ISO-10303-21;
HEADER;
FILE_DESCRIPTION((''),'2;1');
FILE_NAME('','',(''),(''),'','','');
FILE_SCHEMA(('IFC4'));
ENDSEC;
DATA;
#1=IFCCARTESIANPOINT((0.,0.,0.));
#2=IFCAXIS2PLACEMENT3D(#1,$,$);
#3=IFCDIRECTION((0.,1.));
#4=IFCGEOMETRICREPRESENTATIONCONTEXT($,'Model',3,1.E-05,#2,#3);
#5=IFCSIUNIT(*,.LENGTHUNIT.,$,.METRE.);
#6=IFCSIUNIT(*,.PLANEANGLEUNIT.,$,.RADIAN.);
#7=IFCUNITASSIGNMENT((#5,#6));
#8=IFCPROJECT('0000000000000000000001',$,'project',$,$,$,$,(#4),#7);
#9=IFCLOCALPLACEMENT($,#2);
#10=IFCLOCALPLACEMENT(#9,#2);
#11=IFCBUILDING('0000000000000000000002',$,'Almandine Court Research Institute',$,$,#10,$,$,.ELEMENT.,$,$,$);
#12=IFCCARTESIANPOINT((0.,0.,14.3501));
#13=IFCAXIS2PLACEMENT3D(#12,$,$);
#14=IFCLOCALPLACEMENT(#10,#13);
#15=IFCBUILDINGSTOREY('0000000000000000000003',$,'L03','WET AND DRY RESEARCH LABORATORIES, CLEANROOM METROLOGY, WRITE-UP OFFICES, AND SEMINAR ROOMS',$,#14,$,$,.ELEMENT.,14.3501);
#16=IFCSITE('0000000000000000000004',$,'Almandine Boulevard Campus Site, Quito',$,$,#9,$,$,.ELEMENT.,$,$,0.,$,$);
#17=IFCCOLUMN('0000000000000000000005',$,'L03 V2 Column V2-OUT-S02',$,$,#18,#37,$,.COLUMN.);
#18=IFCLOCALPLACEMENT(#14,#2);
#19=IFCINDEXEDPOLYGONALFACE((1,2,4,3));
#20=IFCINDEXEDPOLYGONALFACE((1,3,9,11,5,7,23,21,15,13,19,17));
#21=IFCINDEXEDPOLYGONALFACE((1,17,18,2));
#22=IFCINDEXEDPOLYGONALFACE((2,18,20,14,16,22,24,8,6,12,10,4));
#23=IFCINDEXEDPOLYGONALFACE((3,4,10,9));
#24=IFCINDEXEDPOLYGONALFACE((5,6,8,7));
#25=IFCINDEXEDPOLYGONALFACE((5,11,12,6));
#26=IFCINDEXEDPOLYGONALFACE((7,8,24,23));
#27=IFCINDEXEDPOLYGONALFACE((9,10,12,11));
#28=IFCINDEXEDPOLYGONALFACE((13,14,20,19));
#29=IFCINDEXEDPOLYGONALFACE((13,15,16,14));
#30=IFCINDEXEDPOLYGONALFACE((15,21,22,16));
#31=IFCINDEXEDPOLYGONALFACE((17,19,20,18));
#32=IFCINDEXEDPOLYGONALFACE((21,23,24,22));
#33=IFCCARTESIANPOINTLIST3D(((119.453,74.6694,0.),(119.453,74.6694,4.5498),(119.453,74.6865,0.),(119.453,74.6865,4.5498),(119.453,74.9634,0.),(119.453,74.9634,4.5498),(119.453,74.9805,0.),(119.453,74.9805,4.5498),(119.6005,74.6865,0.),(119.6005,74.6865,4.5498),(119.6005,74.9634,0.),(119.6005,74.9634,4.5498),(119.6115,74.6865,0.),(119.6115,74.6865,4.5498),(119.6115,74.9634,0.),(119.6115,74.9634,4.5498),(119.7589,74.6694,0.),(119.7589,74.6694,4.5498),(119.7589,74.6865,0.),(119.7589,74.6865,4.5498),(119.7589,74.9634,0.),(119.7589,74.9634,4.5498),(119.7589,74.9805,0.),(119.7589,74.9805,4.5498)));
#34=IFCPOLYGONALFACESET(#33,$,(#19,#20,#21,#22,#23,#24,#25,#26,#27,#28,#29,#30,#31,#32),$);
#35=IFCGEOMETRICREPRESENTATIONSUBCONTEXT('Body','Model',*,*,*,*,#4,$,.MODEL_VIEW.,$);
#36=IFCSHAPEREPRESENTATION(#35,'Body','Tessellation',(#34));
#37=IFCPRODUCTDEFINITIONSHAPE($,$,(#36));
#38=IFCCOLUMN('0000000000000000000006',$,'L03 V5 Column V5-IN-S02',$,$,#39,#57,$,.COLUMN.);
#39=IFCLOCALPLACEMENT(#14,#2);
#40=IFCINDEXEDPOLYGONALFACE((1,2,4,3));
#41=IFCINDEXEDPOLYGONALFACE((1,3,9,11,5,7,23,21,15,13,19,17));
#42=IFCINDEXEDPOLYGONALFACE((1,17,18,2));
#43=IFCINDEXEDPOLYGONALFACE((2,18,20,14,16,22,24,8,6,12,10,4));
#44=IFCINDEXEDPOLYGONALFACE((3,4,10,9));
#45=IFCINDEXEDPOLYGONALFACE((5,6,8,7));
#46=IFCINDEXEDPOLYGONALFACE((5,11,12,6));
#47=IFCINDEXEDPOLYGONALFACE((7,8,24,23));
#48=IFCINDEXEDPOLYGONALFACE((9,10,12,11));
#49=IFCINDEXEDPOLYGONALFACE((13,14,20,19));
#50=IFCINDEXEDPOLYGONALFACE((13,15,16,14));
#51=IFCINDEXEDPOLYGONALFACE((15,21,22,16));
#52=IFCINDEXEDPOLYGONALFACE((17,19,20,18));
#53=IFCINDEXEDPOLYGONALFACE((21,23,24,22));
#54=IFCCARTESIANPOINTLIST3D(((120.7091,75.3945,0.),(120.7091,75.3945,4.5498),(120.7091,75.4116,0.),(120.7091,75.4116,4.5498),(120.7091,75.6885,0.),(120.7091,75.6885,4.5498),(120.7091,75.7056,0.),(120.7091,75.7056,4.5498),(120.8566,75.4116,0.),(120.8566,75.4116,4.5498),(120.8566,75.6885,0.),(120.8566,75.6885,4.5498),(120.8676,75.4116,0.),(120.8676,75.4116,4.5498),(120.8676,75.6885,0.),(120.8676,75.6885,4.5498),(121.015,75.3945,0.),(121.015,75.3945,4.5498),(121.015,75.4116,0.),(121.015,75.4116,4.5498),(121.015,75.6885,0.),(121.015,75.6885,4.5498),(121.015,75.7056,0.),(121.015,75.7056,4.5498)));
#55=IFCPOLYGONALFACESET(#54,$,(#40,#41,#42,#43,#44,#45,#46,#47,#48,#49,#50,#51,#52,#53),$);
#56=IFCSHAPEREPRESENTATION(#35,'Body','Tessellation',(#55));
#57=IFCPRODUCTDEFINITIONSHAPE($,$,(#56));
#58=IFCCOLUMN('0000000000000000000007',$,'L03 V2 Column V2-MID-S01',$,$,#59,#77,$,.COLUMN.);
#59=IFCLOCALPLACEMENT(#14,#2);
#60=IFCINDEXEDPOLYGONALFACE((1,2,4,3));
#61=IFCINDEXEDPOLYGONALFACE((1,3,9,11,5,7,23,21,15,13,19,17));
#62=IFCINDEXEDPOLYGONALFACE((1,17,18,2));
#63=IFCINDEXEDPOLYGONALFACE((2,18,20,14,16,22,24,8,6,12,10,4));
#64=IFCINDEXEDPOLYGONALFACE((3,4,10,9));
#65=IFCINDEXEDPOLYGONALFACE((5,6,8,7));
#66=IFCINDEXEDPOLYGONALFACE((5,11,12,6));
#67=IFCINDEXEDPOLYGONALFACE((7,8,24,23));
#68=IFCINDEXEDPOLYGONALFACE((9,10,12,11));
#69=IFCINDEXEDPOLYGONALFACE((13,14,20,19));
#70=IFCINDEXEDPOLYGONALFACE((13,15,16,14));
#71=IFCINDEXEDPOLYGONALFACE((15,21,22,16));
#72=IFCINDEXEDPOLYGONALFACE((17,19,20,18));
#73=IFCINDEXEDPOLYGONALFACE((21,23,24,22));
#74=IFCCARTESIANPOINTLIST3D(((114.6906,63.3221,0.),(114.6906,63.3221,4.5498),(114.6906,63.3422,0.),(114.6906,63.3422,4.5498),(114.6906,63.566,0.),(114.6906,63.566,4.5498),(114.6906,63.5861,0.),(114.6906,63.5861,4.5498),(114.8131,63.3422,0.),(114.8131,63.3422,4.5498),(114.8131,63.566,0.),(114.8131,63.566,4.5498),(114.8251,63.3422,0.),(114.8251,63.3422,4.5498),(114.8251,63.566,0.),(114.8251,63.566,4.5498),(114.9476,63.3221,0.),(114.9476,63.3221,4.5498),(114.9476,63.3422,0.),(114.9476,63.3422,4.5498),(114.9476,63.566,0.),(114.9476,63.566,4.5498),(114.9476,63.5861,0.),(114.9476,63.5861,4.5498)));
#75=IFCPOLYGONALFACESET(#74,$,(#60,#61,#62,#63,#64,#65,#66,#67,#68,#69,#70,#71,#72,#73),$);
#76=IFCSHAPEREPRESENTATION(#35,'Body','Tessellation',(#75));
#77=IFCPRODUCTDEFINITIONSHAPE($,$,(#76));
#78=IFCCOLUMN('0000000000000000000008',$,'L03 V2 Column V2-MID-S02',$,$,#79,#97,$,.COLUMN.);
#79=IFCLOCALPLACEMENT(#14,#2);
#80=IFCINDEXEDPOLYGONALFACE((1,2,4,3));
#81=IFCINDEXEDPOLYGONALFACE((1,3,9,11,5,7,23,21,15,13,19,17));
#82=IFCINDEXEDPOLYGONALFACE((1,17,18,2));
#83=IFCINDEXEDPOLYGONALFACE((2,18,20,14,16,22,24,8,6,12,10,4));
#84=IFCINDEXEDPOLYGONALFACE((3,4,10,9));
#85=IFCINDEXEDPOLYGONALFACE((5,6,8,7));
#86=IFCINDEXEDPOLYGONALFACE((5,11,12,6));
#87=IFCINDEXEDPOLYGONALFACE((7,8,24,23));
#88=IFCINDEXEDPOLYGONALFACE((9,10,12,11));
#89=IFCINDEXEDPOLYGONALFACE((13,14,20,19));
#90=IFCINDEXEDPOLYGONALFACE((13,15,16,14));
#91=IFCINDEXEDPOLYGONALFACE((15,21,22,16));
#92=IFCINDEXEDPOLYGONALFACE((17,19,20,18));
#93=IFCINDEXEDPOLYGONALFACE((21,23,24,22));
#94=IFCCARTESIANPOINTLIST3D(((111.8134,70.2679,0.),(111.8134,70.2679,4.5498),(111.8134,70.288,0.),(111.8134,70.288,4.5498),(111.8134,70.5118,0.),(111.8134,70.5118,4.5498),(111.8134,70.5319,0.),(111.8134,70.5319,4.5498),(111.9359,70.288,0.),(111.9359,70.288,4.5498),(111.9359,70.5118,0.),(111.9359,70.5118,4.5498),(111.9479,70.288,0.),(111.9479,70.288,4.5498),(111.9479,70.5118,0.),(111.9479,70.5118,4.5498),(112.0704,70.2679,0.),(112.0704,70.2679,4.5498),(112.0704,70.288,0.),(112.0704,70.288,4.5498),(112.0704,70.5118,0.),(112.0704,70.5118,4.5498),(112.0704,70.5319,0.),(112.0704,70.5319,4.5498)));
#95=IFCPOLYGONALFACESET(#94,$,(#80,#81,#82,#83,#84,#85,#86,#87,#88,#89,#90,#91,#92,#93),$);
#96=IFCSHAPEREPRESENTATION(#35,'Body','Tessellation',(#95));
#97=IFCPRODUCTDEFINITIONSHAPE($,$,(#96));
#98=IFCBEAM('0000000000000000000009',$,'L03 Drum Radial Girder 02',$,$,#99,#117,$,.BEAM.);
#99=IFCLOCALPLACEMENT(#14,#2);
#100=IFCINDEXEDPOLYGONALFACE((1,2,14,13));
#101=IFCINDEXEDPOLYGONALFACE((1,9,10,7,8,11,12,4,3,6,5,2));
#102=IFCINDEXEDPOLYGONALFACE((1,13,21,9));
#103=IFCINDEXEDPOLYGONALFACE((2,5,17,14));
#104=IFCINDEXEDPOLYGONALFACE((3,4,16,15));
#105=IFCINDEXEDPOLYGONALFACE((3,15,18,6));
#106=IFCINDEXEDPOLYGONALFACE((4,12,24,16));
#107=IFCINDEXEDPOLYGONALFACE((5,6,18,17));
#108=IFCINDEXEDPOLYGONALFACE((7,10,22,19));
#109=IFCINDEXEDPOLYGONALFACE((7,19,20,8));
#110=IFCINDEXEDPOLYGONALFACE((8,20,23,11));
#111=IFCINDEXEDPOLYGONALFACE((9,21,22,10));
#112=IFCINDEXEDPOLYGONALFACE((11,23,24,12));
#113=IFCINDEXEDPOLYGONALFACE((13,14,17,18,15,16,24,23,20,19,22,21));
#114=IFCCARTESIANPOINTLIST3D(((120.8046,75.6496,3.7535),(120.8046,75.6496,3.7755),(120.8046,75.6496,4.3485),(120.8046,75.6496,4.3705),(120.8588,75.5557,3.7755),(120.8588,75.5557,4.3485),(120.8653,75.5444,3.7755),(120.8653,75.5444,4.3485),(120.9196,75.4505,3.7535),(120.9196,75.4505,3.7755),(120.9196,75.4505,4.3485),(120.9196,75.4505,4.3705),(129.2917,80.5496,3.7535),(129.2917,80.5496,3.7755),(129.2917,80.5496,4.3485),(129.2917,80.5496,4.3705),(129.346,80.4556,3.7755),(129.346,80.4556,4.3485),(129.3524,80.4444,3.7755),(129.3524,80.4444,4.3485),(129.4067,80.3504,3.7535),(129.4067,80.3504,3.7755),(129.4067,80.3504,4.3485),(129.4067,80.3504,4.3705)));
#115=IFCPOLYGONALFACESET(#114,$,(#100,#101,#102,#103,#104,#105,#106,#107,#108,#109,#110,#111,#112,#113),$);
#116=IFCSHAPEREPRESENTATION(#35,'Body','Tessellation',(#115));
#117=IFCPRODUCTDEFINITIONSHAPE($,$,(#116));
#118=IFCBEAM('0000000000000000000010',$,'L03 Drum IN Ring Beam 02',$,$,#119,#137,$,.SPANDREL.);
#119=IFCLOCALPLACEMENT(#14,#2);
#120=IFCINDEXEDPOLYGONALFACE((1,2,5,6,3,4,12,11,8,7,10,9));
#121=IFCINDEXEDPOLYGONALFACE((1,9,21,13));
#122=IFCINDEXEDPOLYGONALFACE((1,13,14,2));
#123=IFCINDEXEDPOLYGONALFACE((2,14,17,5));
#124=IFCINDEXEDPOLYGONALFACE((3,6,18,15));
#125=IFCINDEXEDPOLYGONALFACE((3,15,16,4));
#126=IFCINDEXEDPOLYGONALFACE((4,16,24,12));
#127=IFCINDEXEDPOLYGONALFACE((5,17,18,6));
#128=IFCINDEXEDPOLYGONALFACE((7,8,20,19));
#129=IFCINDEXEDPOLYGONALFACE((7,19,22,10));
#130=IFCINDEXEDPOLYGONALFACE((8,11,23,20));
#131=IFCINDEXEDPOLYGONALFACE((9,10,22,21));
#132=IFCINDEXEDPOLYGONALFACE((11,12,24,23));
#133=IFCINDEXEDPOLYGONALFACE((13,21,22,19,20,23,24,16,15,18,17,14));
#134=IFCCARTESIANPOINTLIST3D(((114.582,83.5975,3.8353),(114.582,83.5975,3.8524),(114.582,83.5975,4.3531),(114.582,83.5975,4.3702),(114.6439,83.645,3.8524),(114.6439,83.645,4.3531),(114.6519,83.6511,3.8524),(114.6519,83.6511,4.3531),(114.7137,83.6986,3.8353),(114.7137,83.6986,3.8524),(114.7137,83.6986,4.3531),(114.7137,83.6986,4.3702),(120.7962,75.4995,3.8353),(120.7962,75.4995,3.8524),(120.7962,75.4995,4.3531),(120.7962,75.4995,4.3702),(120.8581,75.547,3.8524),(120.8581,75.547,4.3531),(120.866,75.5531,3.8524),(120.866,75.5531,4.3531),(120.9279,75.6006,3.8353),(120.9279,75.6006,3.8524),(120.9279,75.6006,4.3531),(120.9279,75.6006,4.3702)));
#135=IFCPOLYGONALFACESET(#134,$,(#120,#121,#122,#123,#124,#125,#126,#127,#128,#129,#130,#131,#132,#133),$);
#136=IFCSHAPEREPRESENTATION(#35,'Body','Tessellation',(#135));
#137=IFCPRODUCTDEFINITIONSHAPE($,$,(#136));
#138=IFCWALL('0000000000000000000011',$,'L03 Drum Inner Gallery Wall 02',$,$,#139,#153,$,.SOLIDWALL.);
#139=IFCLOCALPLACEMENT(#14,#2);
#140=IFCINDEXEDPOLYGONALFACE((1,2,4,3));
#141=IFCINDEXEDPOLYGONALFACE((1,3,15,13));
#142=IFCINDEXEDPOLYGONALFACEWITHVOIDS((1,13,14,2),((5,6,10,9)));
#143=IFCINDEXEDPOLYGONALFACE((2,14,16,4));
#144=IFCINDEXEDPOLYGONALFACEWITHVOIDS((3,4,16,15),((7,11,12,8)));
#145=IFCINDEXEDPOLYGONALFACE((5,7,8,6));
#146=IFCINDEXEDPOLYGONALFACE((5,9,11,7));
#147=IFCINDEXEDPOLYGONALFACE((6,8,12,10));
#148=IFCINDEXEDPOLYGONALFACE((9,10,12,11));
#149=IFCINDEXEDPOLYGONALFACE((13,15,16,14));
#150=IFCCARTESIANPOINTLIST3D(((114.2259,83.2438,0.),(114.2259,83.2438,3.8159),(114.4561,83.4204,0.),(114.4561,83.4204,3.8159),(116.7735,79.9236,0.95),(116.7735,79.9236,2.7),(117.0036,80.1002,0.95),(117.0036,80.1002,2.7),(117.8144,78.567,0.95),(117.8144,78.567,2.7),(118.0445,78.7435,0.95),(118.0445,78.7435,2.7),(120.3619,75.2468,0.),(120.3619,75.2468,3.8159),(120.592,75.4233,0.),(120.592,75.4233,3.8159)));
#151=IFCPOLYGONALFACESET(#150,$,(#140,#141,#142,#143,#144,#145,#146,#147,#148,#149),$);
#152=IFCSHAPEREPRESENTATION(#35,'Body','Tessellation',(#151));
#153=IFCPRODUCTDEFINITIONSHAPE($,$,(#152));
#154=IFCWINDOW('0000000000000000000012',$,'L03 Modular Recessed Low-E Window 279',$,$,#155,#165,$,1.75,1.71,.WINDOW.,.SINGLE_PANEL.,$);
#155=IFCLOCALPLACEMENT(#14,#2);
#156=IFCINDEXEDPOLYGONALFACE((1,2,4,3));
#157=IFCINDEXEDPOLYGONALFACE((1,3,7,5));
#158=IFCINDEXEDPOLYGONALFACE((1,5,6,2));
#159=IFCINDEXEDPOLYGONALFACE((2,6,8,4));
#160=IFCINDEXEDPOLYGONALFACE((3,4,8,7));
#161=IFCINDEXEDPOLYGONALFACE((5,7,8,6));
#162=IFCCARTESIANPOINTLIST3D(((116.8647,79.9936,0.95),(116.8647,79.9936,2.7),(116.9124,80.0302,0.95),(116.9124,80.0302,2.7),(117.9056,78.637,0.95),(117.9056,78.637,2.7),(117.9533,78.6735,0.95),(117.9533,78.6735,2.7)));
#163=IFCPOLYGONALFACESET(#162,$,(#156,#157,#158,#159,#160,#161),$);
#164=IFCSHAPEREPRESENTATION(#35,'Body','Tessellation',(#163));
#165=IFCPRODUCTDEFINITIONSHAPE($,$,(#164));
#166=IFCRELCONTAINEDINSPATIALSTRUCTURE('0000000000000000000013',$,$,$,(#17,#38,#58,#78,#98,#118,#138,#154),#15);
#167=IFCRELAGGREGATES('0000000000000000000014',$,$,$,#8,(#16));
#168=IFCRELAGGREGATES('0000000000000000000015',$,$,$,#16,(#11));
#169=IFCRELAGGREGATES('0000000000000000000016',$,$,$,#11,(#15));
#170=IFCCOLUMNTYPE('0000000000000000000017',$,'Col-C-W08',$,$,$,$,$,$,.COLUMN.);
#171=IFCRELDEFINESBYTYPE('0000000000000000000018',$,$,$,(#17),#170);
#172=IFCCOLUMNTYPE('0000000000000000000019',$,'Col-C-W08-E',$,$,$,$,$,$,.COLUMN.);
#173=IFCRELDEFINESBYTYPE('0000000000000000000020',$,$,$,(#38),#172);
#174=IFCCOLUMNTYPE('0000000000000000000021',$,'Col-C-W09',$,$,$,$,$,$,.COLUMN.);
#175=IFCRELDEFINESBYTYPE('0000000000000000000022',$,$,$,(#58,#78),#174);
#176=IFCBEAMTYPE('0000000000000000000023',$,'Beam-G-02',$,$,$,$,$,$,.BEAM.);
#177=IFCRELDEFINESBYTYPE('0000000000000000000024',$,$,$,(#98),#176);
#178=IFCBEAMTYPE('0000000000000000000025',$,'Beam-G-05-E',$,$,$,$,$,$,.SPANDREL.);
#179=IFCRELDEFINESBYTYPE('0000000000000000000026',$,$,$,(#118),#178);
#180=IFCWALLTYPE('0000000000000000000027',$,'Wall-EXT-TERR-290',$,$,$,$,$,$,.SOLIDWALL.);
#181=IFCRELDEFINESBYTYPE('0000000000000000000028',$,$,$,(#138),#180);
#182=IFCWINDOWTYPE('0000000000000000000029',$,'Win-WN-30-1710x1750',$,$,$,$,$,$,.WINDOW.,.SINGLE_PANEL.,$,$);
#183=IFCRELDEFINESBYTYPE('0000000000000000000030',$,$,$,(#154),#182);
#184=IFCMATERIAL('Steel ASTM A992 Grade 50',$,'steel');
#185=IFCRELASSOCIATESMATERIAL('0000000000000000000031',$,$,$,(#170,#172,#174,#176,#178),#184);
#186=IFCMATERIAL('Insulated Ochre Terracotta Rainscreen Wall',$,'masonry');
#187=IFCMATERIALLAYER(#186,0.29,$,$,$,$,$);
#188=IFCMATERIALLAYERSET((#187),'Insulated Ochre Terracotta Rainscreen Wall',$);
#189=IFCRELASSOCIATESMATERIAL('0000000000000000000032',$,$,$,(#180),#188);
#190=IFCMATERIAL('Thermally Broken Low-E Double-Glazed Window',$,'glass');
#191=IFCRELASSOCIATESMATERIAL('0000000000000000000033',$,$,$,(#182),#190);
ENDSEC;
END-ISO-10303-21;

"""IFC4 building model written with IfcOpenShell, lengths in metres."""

from ifc_helpers import new_model, si_unit, direction, frame, frame_2d, origin, origin_2d, place, context, subcontext, project, spatial, rectangle, i_section, extrude, material, layer, layer_set, material_profile, profile_set, type_object, element, fill, save


model = new_model("IFC4")

# Units and contexts
model_context = context("Model", 3, precision=1e-05, world=origin(), true_north=direction((0.0, 1.0)))
body_context = subcontext(model_context, "Body", "Model", "MODEL_VIEW")
ifc_project = project(units=[si_unit("LENGTHUNIT", "METRE"), si_unit("PLANEANGLEUNIT", "RADIAN")], contexts=[model_context])

# Site, building, storey
site_placement = place(None, origin())
site = spatial("IfcSite", under=ifc_project, at=site_placement, Name="Almandine Boulevard Campus Site, Quito", CompositionType="ELEMENT", RefElevation=0.0)
building_placement = place(site_placement, origin())
building = spatial("IfcBuilding", under=site, at=building_placement, Name="Almandine Court Research Institute", CompositionType="ELEMENT")
storey_placement = place(building_placement, frame((0.0, 0.0, 14.3501)))
storey = spatial("IfcBuildingStorey", under=building, at=storey_placement, Name="L03", Description="WET AND DRY RESEARCH LABORATORIES, CLEANROOM METROLOGY, WRITE-UP OFFICES, AND SEMINAR ROOMS", CompositionType="ELEMENT", Elevation=14.3501)

# Columns
ifc_material_1 = material(Name="Steel ASTM A992 Grade 50", Category="steel")
ifc_material_profile_1 = material_profile(ifc_material_1, i_section(OverallWidth=0.3059, OverallDepth=0.311, WebThickness=0.011, FlangeThickness=0.0171, at=origin_2d()), Name="W310x107")
ifc_profile_set_1 = profile_set([ifc_material_profile_1], Name="Steel ASTM A992 Grade 50")
column_type_1 = type_object("IfcColumnType", Name="Col-C-W08", PredefinedType="COLUMN", material=ifc_profile_set_1)
column_1_placement = place(storey_placement, frame((119.606, 74.825, 0.0), z_axis=(0.0, 0.0, 1.0), x_axis=(1.0, 0.0, 0.0)))
element("IfcColumn", 1, at=column_1_placement, inside=storey, type_object=column_type_1, Name="L03 V2 Column V2-OUT-S02", PredefinedType="COLUMN", context=body_context, shape_type="SweptSolid", body=[
    extrude(i_section(OverallWidth=0.3059, OverallDepth=0.311, WebThickness=0.011, FlangeThickness=0.0171, at=origin_2d()), origin(), (0.0, 0.0, 1.0), 4.5498),
])
ifc_material_profile_2 = material_profile(ifc_material_1, i_section(OverallWidth=0.3059, OverallDepth=0.311, WebThickness=0.011, FlangeThickness=0.0171, at=origin_2d()), Name="W310x107")
ifc_profile_set_2 = profile_set([ifc_material_profile_2], Name="Steel ASTM A992 Grade 50")
column_type_2 = type_object("IfcColumnType", Name="Col-C-W08-E", PredefinedType="COLUMN", material=ifc_profile_set_2)
column_2_placement = place(storey_placement, frame((120.8621, 75.55, 0.0), z_axis=(0.0, 0.0, 1.0), x_axis=(1.0, 0.0, 0.0)))
element("IfcColumn", 2, at=column_2_placement, inside=storey, type_object=column_type_2, Name="L03 V5 Column V5-IN-S02", PredefinedType="COLUMN", context=body_context, shape_type="SweptSolid", body=[
    extrude(i_section(OverallWidth=0.3059, OverallDepth=0.311, WebThickness=0.011, FlangeThickness=0.0171, at=origin_2d()), origin(), (0.0, 0.0, 1.0), 4.5498),
])
ifc_material_profile_3 = material_profile(ifc_material_1, i_section(OverallWidth=0.2571, OverallDepth=0.2639, WebThickness=0.012, FlangeThickness=0.02, at=origin_2d()), Name="W250x101")
ifc_profile_set_3 = profile_set([ifc_material_profile_3], Name="Steel ASTM A992 Grade 50")
column_type_3 = type_object("IfcColumnType", Name="Col-C-W09", PredefinedType="COLUMN", material=ifc_profile_set_3)
for number, where, z_axis, x_axis, name in (
    (3, (114.8191, 63.4541, 0.0), (0.0, 0.0, 1.0), (1.0, 0.0, 0.0), "L03 V2 Column V2-MID-S01"),
    (4, (111.9419, 70.3999, 0.0), (0.0, 0.0, 1.0), (1.0, 0.0, 0.0), "L03 V2 Column V2-MID-S02"),
):
    element("IfcColumn", number, at=place(storey_placement, frame(where, z_axis=z_axis, x_axis=x_axis)), inside=storey, type_object=column_type_3, Name=name, PredefinedType="COLUMN", context=body_context, shape_type="SweptSolid", body=[
        extrude(i_section(OverallWidth=0.2571, OverallDepth=0.2639, WebThickness=0.012, FlangeThickness=0.02, at=origin_2d()), origin(), (0.0, 0.0, 1.0), 4.5498),
    ])

# Beams
ifc_material_profile_4 = material_profile(ifc_material_1, i_section(OverallWidth=0.23, OverallDepth=0.6169, WebThickness=0.0129, FlangeThickness=0.022, at=origin_2d()), Name="W610x140")
ifc_profile_set_4 = profile_set([ifc_material_profile_4], Name="Steel ASTM A992 Grade 50")
beam_type_1 = type_object("IfcBeamType", Name="Beam-G-02", PredefinedType="BEAM", material=ifc_profile_set_4)
beam_1_placement = place(storey_placement, frame((120.8621, 75.55, 4.062), z_axis=(0.86603, 0.499992, 0.0), x_axis=(-0.499992, 0.86603, 0.0)))
element("IfcBeam", 5, at=beam_1_placement, inside=storey, type_object=beam_type_1, Name="L03 Drum Radial Girder 02", PredefinedType="BEAM", context=body_context, shape_type="SweptSolid", body=[
    extrude(i_section(OverallWidth=0.23, OverallDepth=0.6169, WebThickness=0.0129, FlangeThickness=0.022, at=origin_2d()), origin(), (0.0, 0.0, 1.0), 9.8),
])
ifc_material_profile_5 = material_profile(ifc_material_1, i_section(OverallWidth=0.166, OverallDepth=0.5349, WebThickness=0.01, FlangeThickness=0.0171, at=origin_2d()), Name="W530x85")
ifc_profile_set_5 = profile_set([ifc_material_profile_5], Name="Steel ASTM A992 Grade 50")
beam_type_2 = type_object("IfcBeamType", Name="Beam-G-05-E", PredefinedType="SPANDREL", material=ifc_profile_set_5)
beam_2_placement = place(storey_placement, frame((120.8621, 75.55, 4.1028), z_axis=(-0.608784, 0.793336, 0.0), x_axis=(-0.793336, -0.608784, 0.0)))
element("IfcBeam", 6, at=beam_2_placement, inside=storey, type_object=beam_type_2, Name="L03 Drum IN Ring Beam 02", PredefinedType="SPANDREL", context=body_context, shape_type="SweptSolid", body=[
    extrude(i_section(OverallWidth=0.166, OverallDepth=0.5349, WebThickness=0.01, FlangeThickness=0.0171, at=origin_2d()), origin(), (0.0, 0.0, 1.0), 10.2075),
])

# Wall, opening, window
ifc_material_2 = material(Name="Insulated Ochre Terracotta Rainscreen Wall", Category="masonry")
ifc_layer_1 = layer(ifc_material_2, 0.29)
ifc_layer_set_1 = layer_set([ifc_layer_1], Name="Insulated Ochre Terracotta Rainscreen Wall")
wall_type_1 = type_object("IfcWallType", Name="Wall-EXT-TERR-290", PredefinedType="SOLIDWALL", material=ifc_layer_set_1)
wall_1_placement = place(storey_placement, frame((120.4771, 75.335, 0.0), z_axis=(0.0, 0.0, 1.0), x_axis=(-0.608738, 0.793372, 0.0)))
wall_1 = element("IfcWall", 7, at=wall_1_placement, inside=storey, type_object=wall_type_1, Name="L03 Drum Inner Gallery Wall 02", PredefinedType="SOLIDWALL", context=body_context, shape_type="SweptSolid", body=[
    extrude(rectangle(XDim=10.0798, YDim=0.29, at=frame_2d((5.04, 0.0))), origin(), (0.0, 0.0, 1.0), 3.8159),
])
opening_1_placement = place(wall_1_placement, frame((4.1851, 0.0, 0.95)))
opening_1 = element("IfcOpeningElement", 8, at=opening_1_placement, cuts=wall_1, PredefinedType="OPENING", context=body_context, shape_type="SweptSolid", body=[
    extrude(rectangle(XDim=1.71, YDim=1.75, at=frame_2d((0.855, 0.875))), frame((0.0, 0.155, 0.0), z_axis=(0.0, -1.0, 0.0), x_axis=(1.0, 0.0, 0.0)), (0.0, 0.0, 1.0), 0.3101),
])
ifc_material_3 = material(Name="Thermally Broken Low-E Double-Glazed Window", Category="glass")
window_type_1 = type_object("IfcWindowType", Name="Win-WN-30-1710x1750", PartitioningType="SINGLE_PANEL", PredefinedType="WINDOW", material=ifc_material_3)
window_1_placement = place(opening_1_placement, origin())
window_1 = element("IfcWindow", 9, at=window_1_placement, inside=storey, type_object=window_type_1, Name="L03 Modular Recessed Low-E Window 279", OverallHeight=1.75, OverallWidth=1.71, PartitioningType="SINGLE_PANEL", PredefinedType="WINDOW", context=body_context, shape_type="SweptSolid", body=[
    extrude(rectangle(XDim=1.71, YDim=1.75, at=frame_2d((0.855, 0.875))), frame((0.0, 0.03, 0.0), z_axis=(0.0, -1.0, 0.0), x_axis=(1.0, 0.0, 0.0)), (0.0, 0.0, 1.0), 0.0601),
])
fill(opening_1, window_1)

save(model, "model.ifc")
